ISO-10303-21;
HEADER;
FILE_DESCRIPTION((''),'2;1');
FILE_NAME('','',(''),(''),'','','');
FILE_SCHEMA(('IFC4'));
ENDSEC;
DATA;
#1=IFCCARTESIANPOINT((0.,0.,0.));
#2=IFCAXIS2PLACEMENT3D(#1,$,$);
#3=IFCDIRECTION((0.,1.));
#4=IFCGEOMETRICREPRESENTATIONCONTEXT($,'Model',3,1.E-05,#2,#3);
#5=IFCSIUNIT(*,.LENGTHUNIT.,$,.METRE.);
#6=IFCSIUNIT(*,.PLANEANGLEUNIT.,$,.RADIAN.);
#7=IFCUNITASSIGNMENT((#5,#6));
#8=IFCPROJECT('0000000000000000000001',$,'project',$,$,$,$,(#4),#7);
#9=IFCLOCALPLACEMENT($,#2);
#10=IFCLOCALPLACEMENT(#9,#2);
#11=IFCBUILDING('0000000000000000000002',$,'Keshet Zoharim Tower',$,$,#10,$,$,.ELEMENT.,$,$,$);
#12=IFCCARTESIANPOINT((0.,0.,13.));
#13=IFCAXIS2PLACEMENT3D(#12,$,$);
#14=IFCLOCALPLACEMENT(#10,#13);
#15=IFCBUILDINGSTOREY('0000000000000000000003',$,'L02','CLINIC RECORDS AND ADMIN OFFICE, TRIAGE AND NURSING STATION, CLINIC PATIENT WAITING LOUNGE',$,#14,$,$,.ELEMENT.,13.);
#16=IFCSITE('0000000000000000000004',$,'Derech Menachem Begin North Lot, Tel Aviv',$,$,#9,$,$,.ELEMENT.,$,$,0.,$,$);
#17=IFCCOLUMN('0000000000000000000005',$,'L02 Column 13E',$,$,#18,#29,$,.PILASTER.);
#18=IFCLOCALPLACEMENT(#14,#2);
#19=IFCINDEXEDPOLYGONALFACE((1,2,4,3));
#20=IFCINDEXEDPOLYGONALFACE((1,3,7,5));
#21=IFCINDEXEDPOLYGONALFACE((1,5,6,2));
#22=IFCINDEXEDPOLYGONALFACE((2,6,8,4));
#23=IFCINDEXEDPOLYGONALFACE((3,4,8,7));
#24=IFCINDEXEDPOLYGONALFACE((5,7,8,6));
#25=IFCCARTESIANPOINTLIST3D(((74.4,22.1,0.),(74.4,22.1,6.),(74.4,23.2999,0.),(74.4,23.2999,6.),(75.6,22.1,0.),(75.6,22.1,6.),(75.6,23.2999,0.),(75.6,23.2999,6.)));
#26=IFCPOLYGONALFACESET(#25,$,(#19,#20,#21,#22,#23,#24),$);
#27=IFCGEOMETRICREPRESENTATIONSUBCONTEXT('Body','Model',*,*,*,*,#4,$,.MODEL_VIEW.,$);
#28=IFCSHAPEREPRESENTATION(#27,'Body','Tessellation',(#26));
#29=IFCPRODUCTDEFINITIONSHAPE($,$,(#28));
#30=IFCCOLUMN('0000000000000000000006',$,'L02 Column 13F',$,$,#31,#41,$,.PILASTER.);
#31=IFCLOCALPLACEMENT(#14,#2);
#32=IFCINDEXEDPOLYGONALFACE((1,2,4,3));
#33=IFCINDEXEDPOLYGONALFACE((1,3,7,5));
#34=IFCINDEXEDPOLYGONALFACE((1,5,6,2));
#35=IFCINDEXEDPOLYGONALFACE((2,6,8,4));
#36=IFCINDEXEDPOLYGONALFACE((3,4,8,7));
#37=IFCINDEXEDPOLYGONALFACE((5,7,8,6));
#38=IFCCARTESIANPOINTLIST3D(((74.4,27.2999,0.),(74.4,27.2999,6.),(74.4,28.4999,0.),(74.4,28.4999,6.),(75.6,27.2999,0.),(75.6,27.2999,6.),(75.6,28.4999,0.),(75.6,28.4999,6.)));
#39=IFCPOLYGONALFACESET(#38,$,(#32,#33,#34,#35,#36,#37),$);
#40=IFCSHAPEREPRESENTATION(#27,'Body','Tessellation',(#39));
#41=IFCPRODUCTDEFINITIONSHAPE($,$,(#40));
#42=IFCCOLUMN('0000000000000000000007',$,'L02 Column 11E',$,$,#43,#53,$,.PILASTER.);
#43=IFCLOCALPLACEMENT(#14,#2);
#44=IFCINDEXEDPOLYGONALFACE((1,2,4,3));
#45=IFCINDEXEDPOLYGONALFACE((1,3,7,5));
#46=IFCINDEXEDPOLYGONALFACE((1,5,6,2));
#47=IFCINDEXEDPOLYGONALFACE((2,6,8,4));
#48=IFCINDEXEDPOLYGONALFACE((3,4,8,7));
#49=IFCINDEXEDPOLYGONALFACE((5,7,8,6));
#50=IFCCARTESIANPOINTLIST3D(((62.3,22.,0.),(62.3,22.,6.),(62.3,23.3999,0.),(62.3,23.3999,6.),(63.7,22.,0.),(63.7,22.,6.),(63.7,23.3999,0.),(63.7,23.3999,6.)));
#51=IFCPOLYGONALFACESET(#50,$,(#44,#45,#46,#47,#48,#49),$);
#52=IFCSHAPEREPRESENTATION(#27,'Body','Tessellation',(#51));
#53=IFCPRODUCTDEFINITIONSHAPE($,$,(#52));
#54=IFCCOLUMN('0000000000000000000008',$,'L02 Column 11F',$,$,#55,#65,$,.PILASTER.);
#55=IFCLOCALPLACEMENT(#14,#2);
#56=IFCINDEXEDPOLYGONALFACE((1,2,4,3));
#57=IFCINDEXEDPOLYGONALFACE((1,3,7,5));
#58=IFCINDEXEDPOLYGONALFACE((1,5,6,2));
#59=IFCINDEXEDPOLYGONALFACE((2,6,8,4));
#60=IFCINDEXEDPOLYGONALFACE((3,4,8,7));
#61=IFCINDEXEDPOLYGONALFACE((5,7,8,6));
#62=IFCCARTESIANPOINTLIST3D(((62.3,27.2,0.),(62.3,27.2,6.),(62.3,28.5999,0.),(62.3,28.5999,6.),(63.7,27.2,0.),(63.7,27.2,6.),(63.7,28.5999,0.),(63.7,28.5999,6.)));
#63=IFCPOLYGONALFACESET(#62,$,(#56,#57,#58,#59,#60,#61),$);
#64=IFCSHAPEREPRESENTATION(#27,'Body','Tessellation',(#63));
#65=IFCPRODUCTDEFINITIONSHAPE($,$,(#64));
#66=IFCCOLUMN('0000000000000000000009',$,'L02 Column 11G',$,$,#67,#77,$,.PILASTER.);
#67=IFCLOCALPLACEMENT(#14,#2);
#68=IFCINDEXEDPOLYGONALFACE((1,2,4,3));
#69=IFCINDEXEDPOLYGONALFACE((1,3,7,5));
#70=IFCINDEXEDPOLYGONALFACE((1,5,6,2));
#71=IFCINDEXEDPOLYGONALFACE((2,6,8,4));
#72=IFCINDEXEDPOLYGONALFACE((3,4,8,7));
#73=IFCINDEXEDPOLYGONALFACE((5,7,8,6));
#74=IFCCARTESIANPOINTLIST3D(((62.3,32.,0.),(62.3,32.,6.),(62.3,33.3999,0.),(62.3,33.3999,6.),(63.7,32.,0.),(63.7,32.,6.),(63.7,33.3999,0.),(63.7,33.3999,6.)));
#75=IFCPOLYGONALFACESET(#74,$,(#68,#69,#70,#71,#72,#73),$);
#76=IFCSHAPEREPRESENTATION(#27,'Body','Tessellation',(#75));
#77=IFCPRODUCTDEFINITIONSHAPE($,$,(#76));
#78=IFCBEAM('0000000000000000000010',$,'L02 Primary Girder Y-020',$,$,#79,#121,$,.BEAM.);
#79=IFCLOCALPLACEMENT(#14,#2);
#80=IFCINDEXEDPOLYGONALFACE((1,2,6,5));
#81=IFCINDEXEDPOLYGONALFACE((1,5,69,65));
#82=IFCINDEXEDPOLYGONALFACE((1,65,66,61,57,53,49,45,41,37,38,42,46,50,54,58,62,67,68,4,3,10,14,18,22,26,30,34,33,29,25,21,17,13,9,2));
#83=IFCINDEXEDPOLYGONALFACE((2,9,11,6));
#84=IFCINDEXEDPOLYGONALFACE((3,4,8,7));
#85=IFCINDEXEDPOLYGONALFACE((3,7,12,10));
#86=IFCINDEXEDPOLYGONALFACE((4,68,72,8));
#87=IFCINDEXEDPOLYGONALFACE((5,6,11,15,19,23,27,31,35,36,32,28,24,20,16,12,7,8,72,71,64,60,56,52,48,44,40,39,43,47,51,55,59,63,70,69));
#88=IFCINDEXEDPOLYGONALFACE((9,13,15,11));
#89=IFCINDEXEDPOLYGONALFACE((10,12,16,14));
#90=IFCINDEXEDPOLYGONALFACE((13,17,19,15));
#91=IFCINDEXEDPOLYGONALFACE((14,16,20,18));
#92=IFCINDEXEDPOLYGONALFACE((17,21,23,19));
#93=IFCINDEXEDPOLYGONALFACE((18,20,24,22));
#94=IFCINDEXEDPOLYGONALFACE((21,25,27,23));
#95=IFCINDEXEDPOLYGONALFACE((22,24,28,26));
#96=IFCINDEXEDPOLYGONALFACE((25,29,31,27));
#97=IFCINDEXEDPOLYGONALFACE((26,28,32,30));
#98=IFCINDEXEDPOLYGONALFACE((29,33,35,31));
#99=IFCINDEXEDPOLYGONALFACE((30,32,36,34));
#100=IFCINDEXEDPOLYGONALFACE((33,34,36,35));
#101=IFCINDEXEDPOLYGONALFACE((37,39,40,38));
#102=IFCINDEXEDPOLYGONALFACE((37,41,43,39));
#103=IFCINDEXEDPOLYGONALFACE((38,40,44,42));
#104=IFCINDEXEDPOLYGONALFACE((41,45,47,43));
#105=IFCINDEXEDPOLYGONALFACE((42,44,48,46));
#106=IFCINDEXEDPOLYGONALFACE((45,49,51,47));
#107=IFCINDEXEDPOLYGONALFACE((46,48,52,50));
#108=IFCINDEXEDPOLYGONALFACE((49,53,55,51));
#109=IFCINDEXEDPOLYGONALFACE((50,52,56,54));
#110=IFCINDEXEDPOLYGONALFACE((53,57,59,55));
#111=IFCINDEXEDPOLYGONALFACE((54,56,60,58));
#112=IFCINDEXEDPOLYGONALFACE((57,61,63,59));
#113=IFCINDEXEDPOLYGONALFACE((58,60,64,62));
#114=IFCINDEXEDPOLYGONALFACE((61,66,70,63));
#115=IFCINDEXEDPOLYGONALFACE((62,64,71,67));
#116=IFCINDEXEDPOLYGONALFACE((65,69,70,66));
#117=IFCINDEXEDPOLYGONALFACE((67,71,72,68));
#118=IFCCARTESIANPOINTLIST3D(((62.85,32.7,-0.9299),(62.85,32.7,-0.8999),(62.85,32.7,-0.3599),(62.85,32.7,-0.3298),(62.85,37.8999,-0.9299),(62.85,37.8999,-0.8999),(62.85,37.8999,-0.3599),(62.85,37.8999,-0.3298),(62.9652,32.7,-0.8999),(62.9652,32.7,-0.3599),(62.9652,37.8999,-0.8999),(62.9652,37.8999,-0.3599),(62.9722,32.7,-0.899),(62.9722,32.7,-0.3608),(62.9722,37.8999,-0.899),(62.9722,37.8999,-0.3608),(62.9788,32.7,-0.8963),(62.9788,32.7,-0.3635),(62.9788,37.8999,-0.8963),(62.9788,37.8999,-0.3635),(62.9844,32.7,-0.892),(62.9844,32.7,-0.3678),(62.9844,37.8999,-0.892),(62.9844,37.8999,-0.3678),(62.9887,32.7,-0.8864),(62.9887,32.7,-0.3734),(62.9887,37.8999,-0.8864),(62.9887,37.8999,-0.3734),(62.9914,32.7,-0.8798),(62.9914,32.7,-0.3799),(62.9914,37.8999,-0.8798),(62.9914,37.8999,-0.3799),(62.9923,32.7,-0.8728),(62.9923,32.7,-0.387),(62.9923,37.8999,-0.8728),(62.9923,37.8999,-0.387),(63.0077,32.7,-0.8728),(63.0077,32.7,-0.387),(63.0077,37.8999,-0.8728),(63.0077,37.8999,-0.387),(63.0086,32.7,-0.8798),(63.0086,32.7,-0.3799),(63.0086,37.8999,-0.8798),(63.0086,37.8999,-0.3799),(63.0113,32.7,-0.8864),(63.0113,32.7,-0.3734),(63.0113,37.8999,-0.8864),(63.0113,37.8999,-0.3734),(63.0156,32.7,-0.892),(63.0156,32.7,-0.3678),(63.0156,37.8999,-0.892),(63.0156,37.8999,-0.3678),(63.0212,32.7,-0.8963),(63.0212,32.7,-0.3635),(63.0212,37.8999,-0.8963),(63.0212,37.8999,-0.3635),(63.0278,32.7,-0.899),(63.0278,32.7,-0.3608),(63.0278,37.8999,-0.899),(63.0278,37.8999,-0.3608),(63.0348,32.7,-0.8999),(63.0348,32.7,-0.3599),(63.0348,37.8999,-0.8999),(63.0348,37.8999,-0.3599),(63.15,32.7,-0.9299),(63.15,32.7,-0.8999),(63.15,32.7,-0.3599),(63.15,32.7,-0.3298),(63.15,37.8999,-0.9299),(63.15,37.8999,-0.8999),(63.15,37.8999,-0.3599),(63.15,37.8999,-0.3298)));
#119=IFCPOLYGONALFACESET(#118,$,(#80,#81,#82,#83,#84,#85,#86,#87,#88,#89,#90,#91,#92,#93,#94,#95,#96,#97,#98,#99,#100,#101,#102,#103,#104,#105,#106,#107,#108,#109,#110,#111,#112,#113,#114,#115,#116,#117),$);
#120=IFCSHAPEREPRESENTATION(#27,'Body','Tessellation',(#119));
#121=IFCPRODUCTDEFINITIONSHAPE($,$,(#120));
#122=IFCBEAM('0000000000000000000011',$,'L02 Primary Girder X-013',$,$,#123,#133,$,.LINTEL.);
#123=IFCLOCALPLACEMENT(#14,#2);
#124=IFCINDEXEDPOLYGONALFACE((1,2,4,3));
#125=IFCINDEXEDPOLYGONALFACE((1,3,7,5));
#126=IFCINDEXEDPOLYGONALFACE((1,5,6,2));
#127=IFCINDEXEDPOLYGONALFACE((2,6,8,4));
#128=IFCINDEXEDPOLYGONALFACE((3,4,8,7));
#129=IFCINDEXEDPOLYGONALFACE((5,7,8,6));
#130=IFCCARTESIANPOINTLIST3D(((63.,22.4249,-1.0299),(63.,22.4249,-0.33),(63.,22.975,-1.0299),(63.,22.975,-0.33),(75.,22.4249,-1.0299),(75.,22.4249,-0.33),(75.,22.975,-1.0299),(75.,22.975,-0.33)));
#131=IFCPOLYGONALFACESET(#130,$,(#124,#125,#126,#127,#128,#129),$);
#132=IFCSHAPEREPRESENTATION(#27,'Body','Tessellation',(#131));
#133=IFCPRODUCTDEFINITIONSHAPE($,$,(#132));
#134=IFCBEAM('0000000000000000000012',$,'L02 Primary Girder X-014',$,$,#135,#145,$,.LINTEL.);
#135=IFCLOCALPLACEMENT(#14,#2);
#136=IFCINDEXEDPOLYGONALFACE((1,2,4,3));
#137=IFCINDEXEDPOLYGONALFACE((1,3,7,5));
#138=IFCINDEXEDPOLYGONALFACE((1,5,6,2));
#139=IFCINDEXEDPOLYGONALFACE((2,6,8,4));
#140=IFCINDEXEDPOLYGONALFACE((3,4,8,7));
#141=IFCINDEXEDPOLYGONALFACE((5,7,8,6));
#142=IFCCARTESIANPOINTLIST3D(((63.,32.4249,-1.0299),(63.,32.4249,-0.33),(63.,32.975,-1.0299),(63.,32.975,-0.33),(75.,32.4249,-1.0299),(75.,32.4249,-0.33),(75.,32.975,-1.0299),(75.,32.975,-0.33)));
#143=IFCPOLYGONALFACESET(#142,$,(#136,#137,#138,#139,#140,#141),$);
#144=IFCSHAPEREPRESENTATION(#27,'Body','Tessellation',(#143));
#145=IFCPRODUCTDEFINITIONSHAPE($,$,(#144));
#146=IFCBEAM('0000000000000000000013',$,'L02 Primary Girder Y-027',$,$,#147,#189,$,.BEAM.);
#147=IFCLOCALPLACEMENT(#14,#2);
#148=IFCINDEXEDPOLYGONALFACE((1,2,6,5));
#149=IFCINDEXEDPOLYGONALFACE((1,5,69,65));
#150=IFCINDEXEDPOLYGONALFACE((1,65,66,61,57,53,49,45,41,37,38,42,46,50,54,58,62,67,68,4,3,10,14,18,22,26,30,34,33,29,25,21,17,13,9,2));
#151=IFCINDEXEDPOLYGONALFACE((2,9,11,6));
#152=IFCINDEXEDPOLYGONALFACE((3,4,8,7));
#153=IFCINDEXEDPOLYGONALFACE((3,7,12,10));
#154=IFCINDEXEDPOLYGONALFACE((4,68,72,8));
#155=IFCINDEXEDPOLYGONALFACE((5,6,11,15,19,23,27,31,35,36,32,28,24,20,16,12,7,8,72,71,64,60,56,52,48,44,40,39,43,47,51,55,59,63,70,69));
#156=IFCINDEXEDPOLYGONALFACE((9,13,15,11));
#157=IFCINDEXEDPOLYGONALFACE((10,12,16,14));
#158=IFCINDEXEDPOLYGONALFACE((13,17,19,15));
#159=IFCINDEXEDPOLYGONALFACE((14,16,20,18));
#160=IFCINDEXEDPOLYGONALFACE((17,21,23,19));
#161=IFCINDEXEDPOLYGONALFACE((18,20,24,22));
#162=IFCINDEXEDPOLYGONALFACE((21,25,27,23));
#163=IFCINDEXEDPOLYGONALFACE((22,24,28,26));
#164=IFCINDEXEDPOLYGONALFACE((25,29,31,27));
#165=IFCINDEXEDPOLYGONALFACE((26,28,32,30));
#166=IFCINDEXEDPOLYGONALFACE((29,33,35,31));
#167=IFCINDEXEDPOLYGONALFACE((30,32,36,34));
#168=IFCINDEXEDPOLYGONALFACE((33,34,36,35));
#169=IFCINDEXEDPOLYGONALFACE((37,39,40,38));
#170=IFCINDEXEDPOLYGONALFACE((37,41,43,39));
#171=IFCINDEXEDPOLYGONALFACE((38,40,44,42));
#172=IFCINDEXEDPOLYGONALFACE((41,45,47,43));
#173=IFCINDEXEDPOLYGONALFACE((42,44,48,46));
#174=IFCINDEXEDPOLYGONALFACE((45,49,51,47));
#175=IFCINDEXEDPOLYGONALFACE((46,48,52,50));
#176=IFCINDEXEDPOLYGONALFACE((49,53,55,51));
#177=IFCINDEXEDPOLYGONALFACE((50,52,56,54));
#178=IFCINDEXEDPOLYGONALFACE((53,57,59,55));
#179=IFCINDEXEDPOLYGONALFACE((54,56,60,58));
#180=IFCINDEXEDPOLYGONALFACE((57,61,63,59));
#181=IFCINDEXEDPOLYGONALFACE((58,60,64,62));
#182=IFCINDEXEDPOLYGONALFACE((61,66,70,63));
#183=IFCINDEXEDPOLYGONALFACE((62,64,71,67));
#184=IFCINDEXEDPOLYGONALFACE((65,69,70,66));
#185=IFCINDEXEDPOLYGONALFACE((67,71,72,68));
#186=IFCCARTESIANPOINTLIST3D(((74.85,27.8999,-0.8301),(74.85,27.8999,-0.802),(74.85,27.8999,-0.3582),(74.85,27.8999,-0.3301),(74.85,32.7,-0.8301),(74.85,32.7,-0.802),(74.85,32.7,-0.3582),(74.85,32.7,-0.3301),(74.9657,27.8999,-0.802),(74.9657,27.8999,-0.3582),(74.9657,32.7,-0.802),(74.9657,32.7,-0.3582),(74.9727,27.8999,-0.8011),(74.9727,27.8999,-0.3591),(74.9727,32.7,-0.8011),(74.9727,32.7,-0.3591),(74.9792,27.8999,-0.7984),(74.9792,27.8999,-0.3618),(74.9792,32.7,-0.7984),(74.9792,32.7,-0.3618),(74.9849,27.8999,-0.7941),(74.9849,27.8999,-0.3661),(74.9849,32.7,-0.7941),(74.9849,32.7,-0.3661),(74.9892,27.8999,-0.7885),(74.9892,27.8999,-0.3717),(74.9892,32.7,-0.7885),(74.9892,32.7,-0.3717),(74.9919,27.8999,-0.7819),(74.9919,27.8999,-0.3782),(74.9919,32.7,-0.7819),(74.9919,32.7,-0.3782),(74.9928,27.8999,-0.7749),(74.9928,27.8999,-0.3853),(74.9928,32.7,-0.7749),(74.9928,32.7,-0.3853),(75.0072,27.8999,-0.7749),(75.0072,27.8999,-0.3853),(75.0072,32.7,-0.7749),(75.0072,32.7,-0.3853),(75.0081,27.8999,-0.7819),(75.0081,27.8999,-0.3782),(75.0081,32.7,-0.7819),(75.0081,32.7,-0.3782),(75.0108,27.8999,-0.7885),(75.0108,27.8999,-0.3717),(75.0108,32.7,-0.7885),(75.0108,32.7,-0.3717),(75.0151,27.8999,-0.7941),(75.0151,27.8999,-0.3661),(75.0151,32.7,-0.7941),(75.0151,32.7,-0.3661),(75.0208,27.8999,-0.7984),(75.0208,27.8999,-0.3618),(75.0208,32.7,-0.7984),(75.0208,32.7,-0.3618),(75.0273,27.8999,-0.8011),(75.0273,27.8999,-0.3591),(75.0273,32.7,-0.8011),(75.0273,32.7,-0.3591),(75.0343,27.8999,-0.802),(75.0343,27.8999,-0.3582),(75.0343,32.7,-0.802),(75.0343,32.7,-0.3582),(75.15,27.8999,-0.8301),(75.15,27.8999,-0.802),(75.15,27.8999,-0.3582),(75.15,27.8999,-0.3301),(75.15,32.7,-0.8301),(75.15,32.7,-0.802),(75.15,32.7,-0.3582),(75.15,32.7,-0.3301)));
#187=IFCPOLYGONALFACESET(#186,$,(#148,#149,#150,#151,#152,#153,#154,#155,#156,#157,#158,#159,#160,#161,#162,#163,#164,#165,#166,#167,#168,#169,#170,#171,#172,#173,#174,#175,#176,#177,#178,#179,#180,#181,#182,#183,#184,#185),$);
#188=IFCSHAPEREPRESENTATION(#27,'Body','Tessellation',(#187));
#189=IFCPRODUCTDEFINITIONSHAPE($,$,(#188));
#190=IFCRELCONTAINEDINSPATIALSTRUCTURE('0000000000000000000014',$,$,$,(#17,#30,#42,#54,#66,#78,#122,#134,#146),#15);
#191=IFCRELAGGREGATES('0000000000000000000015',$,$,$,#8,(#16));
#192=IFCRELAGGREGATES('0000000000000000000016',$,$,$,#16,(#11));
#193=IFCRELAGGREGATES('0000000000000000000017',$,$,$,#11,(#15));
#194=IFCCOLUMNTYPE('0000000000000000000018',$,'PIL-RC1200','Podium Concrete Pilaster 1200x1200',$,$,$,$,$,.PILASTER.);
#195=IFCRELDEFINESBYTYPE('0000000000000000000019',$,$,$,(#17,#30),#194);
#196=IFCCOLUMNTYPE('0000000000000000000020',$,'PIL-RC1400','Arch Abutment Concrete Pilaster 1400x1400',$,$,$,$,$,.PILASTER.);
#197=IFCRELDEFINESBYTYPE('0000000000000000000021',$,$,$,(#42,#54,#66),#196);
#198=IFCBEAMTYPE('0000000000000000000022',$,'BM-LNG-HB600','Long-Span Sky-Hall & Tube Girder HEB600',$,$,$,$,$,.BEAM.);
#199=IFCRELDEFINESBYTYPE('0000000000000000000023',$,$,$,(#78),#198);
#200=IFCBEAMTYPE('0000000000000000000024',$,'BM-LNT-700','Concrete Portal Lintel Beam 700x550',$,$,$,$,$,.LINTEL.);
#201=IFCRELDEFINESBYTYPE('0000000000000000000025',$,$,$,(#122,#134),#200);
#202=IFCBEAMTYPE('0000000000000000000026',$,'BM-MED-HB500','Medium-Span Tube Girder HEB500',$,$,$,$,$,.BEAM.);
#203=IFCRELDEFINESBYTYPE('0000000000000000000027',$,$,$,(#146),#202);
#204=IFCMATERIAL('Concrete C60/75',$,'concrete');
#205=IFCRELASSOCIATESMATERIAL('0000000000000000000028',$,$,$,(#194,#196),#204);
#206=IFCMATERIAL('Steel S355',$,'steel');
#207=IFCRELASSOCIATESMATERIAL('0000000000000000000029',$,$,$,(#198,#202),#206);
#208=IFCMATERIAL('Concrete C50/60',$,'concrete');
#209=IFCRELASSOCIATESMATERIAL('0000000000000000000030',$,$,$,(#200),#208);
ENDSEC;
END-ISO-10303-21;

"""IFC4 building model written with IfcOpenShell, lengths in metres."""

from ifc_helpers import new_model, si_unit, direction, frame, origin, origin_2d, place, context, subcontext, project, spatial, rectangle, i_section, extrude, material, material_profile, profile_set, type_object, element, save


model = new_model("IFC4")

# Units and contexts
model_context = context("Model", 3, precision=1e-05, world=origin(), true_north=direction((0.0, 1.0)))
body_context = subcontext(model_context, "Body", "Model", "MODEL_VIEW")
ifc_project = project(units=[si_unit("LENGTHUNIT", "METRE"), si_unit("PLANEANGLEUNIT", "RADIAN")], contexts=[model_context])

# Site, building, storey
site_placement = place(None, origin())
site = spatial("IfcSite", under=ifc_project, at=site_placement, Name="Derech Menachem Begin North Lot, Tel Aviv", CompositionType="ELEMENT", RefElevation=0.0)
building_placement = place(site_placement, origin())
building = spatial("IfcBuilding", under=site, at=building_placement, Name="Keshet Zoharim Tower", CompositionType="ELEMENT")
storey_placement = place(building_placement, frame((0.0, 0.0, 13.0)))
storey = spatial("IfcBuildingStorey", under=building, at=storey_placement, Name="L02", Description="CLINIC RECORDS AND ADMIN OFFICE, TRIAGE AND NURSING STATION, CLINIC PATIENT WAITING LOUNGE", CompositionType="ELEMENT", Elevation=13.0)

# Columns
ifc_material_1 = material(Name="Concrete C60/75", Category="concrete")
ifc_material_profile_1 = material_profile(ifc_material_1, rectangle(XDim=1.2, YDim=1.2, at=origin_2d()), Name="RC1200x1200")
ifc_profile_set_1 = profile_set([ifc_material_profile_1], Name="Concrete C60/75")
column_type_1 = type_object("IfcColumnType", Name="PIL-RC1200", Description="Podium Concrete Pilaster 1200x1200", PredefinedType="PILASTER", material=ifc_profile_set_1)
for number, where, z_axis, x_axis, name in (
    (1, (75.0, 22.7, 0.0), (0.0, 0.0, 1.0), (1.0, 0.0, 0.0), "L02 Column 13E"),
    (2, (75.0, 27.8999, 0.0), (0.0, 0.0, 1.0), (1.0, 0.0, 0.0), "L02 Column 13F"),
):
    element("IfcColumn", number, at=place(storey_placement, frame(where, z_axis=z_axis, x_axis=x_axis)), inside=storey, type_object=column_type_1, Name=name, PredefinedType="PILASTER", context=body_context, shape_type="SweptSolid", body=[
        extrude(rectangle(XDim=1.2, YDim=1.2, at=origin_2d()), origin(), (0.0, 0.0, 1.0), 6.0),
    ])
ifc_material_profile_2 = material_profile(ifc_material_1, rectangle(XDim=1.3999, YDim=1.3999, at=origin_2d()), Name="RC1400x1400")
ifc_profile_set_2 = profile_set([ifc_material_profile_2], Name="Concrete C60/75")
column_type_2 = type_object("IfcColumnType", Name="PIL-RC1400", Description="Arch Abutment Concrete Pilaster 1400x1400", PredefinedType="PILASTER", material=ifc_profile_set_2)
for number, where, z_axis, x_axis, name in (
    (3, (63.0, 22.7, 0.0), (0.0, 0.0, 1.0), (1.0, 0.0, 0.0), "L02 Column 11E"),
    (4, (63.0, 27.8999, 0.0), (0.0, 0.0, 1.0), (1.0, 0.0, 0.0), "L02 Column 11F"),
    (5, (63.0, 32.7, 0.0), (0.0, 0.0, 1.0), (1.0, 0.0, 0.0), "L02 Column 11G"),
):
    element("IfcColumn", number, at=place(storey_placement, frame(where, z_axis=z_axis, x_axis=x_axis)), inside=storey, type_object=column_type_2, Name=name, PredefinedType="PILASTER", context=body_context, shape_type="SweptSolid", body=[
        extrude(rectangle(XDim=1.3999, YDim=1.3999, at=origin_2d()), origin(), (0.0, 0.0, 1.0), 6.0),
    ])

# Beams
ifc_material_2 = material(Name="Steel S355", Category="steel")
ifc_material_profile_3 = material_profile(ifc_material_2, i_section(OverallWidth=0.3, OverallDepth=0.6001, WebThickness=0.0154, FlangeThickness=0.03, FilletRadius=0.0271, at=origin_2d()), Name="HEB600")
ifc_profile_set_3 = profile_set([ifc_material_profile_3], Name="Steel S355")
beam_type_1 = type_object("IfcBeamType", Name="BM-LNG-HB600", Description="Long-Span Sky-Hall & Tube Girder HEB600", PredefinedType="BEAM", material=ifc_profile_set_3)
beam_1_placement = place(storey_placement, frame((63.0, 32.7, -0.6299), z_axis=(0.0, 1.0, 0.0), x_axis=(-1.0, 0.0, 0.0)))
element("IfcBeam", 6, at=beam_1_placement, inside=storey, type_object=beam_type_1, Name="L02 Primary Girder Y-020", PredefinedType="BEAM", context=body_context, shape_type="SweptSolid", body=[
    extrude(i_section(OverallWidth=0.3, OverallDepth=0.6001, WebThickness=0.0154, FlangeThickness=0.03, FilletRadius=0.0271, at=origin_2d()), origin(), (0.0, 0.0, 1.0), 5.2),
])
ifc_material_3 = material(Name="Concrete C50/60", Category="concrete")
ifc_material_profile_4 = material_profile(ifc_material_3, rectangle(XDim=0.55, YDim=0.7, at=origin_2d()), Name="RC700x550")
ifc_profile_set_4 = profile_set([ifc_material_profile_4], Name="Concrete C50/60")
beam_type_2 = type_object("IfcBeamType", Name="BM-LNT-700", Description="Concrete Portal Lintel Beam 700x550", PredefinedType="LINTEL", material=ifc_profile_set_4)
for number, where, z_axis, x_axis, name in (
    (7, (63.0, 22.7, -0.6799), (1.0, 0.0, 0.0), (0.0, 1.0, 0.0), "L02 Primary Girder X-013"),
    (8, (63.0, 32.7, -0.6799), (1.0, 0.0, 0.0), (0.0, 1.0, 0.0), "L02 Primary Girder X-014"),
):
    element("IfcBeam", number, at=place(storey_placement, frame(where, z_axis=z_axis, x_axis=x_axis)), inside=storey, type_object=beam_type_2, Name=name, PredefinedType="LINTEL", context=body_context, shape_type="SweptSolid", body=[
        extrude(rectangle(XDim=0.55, YDim=0.7, at=origin_2d()), origin(), (0.0, 0.0, 1.0), 12.0),
    ])
ifc_material_profile_5 = material_profile(ifc_material_2, i_section(OverallWidth=0.3, OverallDepth=0.5, WebThickness=0.0144, FlangeThickness=0.0281, FilletRadius=0.0271, at=origin_2d()), Name="HEB500")
ifc_profile_set_5 = profile_set([ifc_material_profile_5], Name="Steel S355")
beam_type_3 = type_object("IfcBeamType", Name="BM-MED-HB500", Description="Medium-Span Tube Girder HEB500", PredefinedType="BEAM", material=ifc_profile_set_5)
beam_2_placement = place(storey_placement, frame((75.0, 27.8999, -0.5801), z_axis=(0.0, 1.0, 0.0), x_axis=(-1.0, 0.0, 0.0)))
element("IfcBeam", 9, at=beam_2_placement, inside=storey, type_object=beam_type_3, Name="L02 Primary Girder Y-027", PredefinedType="BEAM", context=body_context, shape_type="SweptSolid", body=[
    extrude(i_section(OverallWidth=0.3, OverallDepth=0.5, WebThickness=0.0144, FlangeThickness=0.0281, FilletRadius=0.0271, at=origin_2d()), origin(), (0.0, 0.0, 1.0), 4.8),
])

save(model, "model.ifc")
